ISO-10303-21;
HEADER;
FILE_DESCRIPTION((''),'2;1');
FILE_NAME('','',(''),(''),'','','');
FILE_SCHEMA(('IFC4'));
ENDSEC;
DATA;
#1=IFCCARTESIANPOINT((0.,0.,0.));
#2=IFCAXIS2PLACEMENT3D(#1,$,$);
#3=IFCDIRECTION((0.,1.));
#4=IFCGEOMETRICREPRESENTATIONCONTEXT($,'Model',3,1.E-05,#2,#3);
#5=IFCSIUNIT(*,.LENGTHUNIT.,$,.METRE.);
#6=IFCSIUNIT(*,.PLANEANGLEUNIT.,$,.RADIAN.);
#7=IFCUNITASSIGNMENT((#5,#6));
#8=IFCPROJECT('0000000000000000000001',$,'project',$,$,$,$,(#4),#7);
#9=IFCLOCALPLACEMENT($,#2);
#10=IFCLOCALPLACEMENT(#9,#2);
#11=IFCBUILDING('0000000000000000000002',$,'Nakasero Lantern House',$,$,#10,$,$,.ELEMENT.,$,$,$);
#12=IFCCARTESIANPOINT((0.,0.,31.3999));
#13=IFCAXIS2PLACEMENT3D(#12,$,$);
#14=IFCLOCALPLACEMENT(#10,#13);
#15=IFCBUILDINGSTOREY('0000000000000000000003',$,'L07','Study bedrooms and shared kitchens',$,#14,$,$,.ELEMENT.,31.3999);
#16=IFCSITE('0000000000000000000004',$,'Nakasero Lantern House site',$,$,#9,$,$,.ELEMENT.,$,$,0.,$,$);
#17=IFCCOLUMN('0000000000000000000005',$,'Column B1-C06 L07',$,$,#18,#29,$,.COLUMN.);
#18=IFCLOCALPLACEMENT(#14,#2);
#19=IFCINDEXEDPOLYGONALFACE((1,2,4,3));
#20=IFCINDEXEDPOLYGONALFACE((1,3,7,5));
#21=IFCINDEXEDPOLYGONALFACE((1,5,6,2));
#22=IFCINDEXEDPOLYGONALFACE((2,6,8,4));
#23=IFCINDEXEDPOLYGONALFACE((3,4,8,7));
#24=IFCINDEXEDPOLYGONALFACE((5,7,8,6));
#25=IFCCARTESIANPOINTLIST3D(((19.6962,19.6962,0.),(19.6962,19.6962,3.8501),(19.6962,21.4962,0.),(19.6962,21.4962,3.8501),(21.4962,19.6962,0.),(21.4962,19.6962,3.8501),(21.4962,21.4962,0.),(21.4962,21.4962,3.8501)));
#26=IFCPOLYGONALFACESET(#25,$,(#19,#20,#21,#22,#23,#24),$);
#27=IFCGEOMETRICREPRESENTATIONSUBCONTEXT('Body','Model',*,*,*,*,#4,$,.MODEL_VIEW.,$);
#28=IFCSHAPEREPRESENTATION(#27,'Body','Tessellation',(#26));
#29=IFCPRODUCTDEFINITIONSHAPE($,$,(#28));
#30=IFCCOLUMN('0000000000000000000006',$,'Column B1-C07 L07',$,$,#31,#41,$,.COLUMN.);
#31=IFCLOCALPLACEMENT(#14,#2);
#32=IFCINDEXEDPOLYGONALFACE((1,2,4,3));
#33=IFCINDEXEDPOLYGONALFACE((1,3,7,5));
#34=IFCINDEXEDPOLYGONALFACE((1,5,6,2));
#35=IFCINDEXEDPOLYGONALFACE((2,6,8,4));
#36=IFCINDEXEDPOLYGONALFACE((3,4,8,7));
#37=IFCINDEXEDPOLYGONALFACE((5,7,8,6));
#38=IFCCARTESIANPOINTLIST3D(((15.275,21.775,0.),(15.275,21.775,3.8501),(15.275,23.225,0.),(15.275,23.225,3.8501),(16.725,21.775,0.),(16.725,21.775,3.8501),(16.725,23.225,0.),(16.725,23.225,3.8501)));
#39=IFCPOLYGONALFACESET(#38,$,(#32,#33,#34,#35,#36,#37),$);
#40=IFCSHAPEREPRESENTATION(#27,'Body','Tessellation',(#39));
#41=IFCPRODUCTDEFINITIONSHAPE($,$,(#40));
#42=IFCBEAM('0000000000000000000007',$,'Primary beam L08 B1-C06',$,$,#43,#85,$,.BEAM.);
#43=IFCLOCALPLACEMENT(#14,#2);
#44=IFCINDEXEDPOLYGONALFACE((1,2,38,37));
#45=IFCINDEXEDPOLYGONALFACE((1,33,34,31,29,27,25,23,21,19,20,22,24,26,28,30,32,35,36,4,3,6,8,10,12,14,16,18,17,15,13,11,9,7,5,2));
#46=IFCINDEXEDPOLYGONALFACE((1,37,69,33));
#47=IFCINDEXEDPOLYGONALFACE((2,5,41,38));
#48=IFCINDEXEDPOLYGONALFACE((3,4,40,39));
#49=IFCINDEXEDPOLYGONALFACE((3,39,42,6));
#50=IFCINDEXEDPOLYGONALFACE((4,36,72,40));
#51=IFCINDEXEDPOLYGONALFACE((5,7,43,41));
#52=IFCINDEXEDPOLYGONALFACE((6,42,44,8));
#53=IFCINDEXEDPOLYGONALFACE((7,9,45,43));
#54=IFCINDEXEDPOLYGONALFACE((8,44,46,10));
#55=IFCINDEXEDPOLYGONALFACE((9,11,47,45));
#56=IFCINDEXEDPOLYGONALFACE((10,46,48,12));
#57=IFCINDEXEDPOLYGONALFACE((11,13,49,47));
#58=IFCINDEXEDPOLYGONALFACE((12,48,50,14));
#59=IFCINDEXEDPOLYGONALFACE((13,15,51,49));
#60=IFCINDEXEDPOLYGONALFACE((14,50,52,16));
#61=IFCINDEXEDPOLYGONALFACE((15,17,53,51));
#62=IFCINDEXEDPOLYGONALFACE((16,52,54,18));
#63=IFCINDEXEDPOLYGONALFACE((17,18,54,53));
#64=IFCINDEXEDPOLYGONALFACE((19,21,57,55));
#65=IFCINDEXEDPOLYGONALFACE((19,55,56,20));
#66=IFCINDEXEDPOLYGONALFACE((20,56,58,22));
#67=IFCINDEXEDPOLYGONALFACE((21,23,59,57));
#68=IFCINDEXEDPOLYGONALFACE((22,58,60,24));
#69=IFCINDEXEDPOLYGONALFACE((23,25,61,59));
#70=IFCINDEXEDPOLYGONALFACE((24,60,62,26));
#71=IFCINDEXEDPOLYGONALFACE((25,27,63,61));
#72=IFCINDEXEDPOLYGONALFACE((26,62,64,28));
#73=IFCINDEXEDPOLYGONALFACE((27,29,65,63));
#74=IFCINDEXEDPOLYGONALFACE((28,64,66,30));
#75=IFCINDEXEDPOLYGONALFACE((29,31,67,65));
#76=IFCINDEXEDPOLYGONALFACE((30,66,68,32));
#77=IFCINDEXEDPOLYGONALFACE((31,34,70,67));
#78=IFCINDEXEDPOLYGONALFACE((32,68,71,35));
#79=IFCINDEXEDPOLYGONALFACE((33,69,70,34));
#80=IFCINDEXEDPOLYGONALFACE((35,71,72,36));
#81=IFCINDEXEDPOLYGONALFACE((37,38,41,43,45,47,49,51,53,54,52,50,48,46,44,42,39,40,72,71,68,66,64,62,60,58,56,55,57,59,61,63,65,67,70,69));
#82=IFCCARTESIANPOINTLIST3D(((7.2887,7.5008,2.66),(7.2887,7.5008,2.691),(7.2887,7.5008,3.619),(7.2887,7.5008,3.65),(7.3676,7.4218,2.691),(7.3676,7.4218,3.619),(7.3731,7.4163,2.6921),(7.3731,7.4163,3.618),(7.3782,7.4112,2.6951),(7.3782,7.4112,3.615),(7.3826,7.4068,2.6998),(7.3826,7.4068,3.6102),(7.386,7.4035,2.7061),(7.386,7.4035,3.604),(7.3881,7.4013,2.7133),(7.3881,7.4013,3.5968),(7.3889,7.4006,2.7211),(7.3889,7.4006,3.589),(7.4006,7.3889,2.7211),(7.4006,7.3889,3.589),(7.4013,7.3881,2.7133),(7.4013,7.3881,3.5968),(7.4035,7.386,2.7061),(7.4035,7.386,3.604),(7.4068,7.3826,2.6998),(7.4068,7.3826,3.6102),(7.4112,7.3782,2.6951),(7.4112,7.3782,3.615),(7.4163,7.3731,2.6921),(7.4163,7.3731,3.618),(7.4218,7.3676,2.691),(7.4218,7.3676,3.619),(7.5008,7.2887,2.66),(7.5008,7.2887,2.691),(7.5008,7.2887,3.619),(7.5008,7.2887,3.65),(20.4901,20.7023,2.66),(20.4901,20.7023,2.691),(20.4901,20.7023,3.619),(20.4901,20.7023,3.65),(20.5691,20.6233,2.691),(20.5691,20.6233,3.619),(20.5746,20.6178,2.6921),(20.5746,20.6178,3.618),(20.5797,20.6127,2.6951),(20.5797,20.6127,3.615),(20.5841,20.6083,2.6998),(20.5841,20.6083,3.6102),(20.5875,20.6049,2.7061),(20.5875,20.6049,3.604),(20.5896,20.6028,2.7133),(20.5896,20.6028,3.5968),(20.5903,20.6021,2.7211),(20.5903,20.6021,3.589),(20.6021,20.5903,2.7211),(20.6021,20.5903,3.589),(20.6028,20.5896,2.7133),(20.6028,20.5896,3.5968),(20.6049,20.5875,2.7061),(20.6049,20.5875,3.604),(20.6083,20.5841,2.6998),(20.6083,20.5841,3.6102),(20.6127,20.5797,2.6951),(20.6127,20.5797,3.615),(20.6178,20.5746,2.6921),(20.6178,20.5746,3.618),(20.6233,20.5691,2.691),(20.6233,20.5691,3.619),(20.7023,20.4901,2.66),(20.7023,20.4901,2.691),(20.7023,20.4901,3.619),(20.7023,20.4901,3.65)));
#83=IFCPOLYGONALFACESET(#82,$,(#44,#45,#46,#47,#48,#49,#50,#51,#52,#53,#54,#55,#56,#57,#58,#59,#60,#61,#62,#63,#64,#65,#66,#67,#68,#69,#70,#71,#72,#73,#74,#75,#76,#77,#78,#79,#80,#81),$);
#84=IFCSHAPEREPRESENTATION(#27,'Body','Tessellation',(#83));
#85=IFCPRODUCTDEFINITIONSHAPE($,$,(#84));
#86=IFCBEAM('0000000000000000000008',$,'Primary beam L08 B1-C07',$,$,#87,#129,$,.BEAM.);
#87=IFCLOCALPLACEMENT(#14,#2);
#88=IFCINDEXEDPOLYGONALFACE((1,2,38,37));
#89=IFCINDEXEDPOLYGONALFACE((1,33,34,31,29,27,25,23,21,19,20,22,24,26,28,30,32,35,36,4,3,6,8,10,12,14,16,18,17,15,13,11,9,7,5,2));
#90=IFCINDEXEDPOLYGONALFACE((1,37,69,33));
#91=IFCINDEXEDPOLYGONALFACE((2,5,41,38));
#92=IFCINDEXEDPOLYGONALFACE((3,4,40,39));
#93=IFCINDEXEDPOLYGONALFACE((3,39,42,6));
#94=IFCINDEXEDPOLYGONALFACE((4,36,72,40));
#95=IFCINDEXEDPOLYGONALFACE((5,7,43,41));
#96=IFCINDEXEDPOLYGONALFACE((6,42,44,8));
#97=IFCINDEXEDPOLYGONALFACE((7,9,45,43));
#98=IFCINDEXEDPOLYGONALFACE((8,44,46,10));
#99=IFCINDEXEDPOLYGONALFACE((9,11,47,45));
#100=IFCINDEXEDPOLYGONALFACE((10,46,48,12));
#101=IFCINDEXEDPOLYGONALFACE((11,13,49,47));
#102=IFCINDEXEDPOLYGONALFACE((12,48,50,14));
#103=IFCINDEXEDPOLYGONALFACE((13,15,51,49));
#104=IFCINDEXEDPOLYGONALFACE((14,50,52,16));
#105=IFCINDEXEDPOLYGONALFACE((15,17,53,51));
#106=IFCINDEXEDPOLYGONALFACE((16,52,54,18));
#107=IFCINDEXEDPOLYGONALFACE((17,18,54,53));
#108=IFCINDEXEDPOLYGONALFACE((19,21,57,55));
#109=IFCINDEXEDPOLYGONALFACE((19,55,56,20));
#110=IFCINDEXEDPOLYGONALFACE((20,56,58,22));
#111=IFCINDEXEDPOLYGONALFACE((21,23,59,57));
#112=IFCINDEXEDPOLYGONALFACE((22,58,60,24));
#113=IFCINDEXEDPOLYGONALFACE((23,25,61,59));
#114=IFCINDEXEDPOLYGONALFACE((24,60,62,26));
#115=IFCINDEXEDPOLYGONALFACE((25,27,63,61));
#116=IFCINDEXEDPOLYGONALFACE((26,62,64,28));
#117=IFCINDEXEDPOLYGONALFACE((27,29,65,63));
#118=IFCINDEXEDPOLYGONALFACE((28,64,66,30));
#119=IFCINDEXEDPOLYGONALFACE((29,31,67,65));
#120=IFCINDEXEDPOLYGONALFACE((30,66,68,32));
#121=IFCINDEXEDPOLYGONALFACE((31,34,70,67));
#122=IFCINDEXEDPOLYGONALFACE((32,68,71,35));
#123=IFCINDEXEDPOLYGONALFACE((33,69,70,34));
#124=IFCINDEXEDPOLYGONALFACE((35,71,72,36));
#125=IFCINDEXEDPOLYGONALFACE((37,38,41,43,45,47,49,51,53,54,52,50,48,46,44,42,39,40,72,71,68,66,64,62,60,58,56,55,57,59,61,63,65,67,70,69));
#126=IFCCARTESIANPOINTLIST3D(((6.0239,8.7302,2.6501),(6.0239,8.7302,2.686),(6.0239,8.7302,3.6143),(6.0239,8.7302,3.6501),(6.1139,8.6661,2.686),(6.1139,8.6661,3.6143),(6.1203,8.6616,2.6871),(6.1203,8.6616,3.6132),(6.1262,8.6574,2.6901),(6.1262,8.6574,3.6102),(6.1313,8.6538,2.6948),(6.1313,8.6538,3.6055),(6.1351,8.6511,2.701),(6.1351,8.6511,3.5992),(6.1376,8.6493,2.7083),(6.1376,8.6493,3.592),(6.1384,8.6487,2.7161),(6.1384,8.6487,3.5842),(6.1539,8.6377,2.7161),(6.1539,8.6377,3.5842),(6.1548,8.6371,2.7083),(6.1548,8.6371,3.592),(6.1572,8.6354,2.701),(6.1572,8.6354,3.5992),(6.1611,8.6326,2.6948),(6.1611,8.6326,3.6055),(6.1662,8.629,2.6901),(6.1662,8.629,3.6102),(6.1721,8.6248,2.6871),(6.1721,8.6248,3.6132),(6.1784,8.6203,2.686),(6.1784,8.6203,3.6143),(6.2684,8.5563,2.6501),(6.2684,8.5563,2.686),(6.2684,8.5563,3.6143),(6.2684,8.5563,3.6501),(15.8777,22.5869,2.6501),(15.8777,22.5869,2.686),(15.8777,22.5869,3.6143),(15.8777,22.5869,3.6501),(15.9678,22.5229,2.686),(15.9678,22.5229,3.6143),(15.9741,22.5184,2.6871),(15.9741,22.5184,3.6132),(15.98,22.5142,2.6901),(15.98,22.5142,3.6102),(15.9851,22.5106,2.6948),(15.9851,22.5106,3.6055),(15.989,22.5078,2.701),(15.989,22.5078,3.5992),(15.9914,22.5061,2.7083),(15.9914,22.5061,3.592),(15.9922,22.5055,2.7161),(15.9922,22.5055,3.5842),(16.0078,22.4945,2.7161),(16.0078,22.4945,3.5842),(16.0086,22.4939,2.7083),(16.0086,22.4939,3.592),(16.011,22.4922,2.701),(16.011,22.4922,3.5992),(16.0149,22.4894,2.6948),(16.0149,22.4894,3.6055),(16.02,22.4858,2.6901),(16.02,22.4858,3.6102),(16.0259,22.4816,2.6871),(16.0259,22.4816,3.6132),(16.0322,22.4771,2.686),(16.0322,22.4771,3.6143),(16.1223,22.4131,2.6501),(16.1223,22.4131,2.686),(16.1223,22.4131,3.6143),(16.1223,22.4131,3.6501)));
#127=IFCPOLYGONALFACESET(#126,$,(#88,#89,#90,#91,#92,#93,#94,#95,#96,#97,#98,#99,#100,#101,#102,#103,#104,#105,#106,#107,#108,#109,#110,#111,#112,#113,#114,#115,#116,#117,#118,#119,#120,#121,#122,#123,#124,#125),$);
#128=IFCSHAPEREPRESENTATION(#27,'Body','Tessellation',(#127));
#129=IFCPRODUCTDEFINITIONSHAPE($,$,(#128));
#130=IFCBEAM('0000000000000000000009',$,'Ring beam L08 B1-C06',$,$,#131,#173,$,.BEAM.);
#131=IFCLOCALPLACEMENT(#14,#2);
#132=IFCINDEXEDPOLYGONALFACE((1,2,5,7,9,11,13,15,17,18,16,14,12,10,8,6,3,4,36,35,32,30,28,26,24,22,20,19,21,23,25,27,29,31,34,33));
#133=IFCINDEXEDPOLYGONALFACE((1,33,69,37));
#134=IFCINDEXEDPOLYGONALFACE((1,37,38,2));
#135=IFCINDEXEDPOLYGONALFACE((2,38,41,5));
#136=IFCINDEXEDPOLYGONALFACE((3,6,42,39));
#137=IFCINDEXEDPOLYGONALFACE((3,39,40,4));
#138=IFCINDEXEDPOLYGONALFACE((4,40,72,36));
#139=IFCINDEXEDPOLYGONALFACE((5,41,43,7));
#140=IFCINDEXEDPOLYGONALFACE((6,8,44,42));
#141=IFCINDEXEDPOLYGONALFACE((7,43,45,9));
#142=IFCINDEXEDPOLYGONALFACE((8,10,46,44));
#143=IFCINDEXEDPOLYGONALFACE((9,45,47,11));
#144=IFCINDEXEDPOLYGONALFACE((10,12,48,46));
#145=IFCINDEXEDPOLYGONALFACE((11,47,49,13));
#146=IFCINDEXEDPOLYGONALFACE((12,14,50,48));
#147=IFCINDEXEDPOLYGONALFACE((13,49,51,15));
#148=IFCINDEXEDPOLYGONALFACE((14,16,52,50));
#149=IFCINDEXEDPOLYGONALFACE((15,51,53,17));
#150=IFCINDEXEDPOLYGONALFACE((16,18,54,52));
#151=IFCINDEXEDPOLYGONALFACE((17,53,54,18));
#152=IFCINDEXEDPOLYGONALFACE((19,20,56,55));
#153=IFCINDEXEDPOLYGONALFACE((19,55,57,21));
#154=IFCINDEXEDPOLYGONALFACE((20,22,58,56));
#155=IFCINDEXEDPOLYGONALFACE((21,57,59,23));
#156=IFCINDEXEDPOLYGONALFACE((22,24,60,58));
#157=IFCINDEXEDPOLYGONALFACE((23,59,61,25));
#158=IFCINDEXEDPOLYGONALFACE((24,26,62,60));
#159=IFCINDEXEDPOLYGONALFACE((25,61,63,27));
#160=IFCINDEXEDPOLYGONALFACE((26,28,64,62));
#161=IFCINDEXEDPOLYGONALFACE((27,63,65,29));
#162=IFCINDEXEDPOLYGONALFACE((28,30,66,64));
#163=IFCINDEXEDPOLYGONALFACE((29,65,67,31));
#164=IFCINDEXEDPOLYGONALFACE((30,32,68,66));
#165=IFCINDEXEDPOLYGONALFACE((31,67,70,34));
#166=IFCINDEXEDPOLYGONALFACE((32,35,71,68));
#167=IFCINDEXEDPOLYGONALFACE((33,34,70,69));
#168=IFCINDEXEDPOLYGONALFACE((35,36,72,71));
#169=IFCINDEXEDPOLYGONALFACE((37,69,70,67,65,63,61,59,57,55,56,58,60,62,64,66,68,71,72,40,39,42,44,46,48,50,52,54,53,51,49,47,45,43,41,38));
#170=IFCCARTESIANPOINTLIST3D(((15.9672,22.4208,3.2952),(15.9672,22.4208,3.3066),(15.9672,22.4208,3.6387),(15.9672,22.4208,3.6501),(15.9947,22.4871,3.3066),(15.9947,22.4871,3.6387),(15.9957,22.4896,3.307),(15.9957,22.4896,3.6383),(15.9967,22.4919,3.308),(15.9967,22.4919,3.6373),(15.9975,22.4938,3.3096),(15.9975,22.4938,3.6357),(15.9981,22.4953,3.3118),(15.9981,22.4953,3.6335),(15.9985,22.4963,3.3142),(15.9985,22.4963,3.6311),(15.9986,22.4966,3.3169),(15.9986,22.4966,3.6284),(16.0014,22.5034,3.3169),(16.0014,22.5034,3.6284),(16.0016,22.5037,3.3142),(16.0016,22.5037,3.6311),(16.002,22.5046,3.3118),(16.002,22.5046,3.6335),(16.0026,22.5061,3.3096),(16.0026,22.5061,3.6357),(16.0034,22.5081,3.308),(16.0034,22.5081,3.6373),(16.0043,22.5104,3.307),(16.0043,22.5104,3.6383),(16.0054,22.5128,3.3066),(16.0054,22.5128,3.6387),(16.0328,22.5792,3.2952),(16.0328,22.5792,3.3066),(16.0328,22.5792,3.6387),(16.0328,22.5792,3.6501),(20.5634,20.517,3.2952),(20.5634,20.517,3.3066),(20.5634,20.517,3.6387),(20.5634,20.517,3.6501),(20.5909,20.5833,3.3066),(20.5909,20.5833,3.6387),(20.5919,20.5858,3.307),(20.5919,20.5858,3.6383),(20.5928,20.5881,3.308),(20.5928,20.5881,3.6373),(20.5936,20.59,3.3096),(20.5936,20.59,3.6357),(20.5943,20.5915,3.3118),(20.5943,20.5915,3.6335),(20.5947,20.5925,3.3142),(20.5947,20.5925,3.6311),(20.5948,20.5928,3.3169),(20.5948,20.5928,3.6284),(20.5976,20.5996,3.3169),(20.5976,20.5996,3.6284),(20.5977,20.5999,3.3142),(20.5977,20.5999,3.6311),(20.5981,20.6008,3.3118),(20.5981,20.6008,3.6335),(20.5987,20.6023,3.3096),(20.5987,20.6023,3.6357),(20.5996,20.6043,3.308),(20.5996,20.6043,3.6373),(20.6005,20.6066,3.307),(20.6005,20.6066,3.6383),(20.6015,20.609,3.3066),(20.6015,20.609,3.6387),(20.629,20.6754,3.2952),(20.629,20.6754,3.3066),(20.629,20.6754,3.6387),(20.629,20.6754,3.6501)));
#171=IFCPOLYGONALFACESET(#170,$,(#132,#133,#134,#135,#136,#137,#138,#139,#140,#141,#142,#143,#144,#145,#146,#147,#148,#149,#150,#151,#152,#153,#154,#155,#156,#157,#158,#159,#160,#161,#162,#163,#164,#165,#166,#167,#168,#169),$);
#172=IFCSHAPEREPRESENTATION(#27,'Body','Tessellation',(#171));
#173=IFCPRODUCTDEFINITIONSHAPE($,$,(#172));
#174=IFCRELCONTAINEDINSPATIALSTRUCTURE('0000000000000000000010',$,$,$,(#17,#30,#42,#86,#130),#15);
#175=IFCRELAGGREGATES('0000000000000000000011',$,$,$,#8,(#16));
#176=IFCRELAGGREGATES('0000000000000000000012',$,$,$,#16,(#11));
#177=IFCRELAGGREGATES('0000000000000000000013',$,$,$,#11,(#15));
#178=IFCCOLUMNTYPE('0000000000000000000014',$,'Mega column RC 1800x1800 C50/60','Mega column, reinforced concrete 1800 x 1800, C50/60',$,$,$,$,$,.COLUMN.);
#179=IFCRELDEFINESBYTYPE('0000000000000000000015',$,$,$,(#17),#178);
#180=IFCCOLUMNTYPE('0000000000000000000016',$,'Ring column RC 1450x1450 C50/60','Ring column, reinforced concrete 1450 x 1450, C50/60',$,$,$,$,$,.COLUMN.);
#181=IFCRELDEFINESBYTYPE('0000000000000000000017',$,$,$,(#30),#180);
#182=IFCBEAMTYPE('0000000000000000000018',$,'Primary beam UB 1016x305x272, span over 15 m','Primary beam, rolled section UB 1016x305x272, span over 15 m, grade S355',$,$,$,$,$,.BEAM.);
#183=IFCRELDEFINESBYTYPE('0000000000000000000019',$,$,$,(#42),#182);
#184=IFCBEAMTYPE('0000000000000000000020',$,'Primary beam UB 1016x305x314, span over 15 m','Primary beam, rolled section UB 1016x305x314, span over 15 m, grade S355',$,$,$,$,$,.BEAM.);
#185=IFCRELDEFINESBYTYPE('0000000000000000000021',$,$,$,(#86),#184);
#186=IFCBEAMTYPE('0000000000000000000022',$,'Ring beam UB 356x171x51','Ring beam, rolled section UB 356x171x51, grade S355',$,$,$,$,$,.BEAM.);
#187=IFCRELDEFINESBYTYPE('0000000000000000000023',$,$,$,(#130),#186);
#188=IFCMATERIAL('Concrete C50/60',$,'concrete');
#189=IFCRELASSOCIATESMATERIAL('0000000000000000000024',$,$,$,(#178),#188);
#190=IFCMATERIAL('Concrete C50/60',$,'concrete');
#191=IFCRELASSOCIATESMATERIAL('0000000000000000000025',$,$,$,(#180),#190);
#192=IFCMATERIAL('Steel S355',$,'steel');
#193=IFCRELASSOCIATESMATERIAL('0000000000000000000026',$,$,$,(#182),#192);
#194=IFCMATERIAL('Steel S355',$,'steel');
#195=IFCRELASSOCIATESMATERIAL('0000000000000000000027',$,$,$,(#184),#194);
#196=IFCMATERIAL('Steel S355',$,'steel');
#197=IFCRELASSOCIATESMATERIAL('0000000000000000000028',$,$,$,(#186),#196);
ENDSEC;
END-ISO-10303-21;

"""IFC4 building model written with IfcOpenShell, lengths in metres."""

from ifc_helpers import new_model, si_unit, direction, frame, origin, origin_2d, place, context, subcontext, project, spatial, rectangle, i_section, extrude, material, material_profile, profile_set, type_object, element, save


model = new_model("IFC4")

# Units and contexts
model_context = context("Model", 3, precision=1e-05, world=origin(), true_north=direction((0.0, 1.0)))
body_context = subcontext(model_context, "Body", "Model", "MODEL_VIEW")
ifc_project = project(units=[si_unit("LENGTHUNIT", "METRE"), si_unit("PLANEANGLEUNIT", "RADIAN")], contexts=[model_context])

# Site, building, storey
site_placement = place(None, origin())
site = spatial("IfcSite", under=ifc_project, at=site_placement, Name="Nakasero Lantern House site", CompositionType="ELEMENT", RefElevation=0.0)
building_placement = place(site_placement, origin())
building = spatial("IfcBuilding", under=site, at=building_placement, Name="Nakasero Lantern House", CompositionType="ELEMENT")
storey_placement = place(building_placement, frame((0.0, 0.0, 31.3999)))
storey = spatial("IfcBuildingStorey", under=building, at=storey_placement, Name="L07", Description="Study bedrooms and shared kitchens", CompositionType="ELEMENT", Elevation=31.3999)

# Columns
ifc_material_1 = material(Name="Concrete C50/60", Category="concrete")
ifc_material_profile_1 = material_profile(ifc_material_1, rectangle(XDim=1.8, YDim=1.8, at=origin_2d()), Name="RC 1800x1800")
ifc_profile_set_1 = profile_set([ifc_material_profile_1], Name="Concrete C50/60")
column_type_1 = type_object("IfcColumnType", Name="Mega column RC 1800x1800 C50/60", Description="Mega column, reinforced concrete 1800 x 1800, C50/60", PredefinedType="COLUMN", material=ifc_profile_set_1)
column_1_placement = place(storey_placement, frame((20.5962, 20.5962, 0.0), z_axis=(0.0, 0.0, 1.0), x_axis=(1.0, 0.0, 0.0)))
element("IfcColumn", 1, at=column_1_placement, inside=storey, type_object=column_type_1, Name="Column B1-C06 L07", PredefinedType="COLUMN", context=body_context, shape_type="SweptSolid", body=[
    extrude(rectangle(XDim=1.8, YDim=1.8, at=origin_2d()), origin(), (0.0, 0.0, 1.0), 3.8501),
])
ifc_material_2 = material(Name="Concrete C50/60", Category="concrete")
ifc_material_profile_2 = material_profile(ifc_material_2, rectangle(XDim=1.45, YDim=1.45, at=origin_2d()), Name="RC 1450x1450")
ifc_profile_set_2 = profile_set([ifc_material_profile_2], Name="Concrete C50/60")
column_type_2 = type_object("IfcColumnType", Name="Ring column RC 1450x1450 C50/60", Description="Ring column, reinforced concrete 1450 x 1450, C50/60", PredefinedType="COLUMN", material=ifc_profile_set_2)
column_2_placement = place(storey_placement, frame((16.0, 22.5, 0.0), z_axis=(0.0, 0.0, 1.0), x_axis=(1.0, 0.0, 0.0)))
element("IfcColumn", 2, at=column_2_placement, inside=storey, type_object=column_type_2, Name="Column B1-C07 L07", PredefinedType="COLUMN", context=body_context, shape_type="SweptSolid", body=[
    extrude(rectangle(XDim=1.45, YDim=1.45, at=origin_2d()), origin(), (0.0, 0.0, 1.0), 3.8501),
])

# Beams
ifc_material_3 = material(Name="Steel S355", Category="steel")
ifc_material_profile_3 = material_profile(ifc_material_3, i_section(OverallWidth=0.3, OverallDepth=0.99, WebThickness=0.0166, FlangeThickness=0.031, FilletRadius=0.03, at=origin_2d()), Name="UB 1016x305x272")
ifc_profile_set_3 = profile_set([ifc_material_profile_3], Name="Steel S355")
beam_type_1 = type_object("IfcBeamType", Name="Primary beam UB 1016x305x272, span over 15 m", Description="Primary beam, rolled section UB 1016x305x272, span over 15 m, grade S355", PredefinedType="BEAM", material=ifc_profile_set_3)
beam_1_placement = place(storey_placement, frame((20.5962, 20.5962, 3.155), z_axis=(-0.707107, -0.707107, 0.0), x_axis=(0.707107, -0.707107, 0.0)))
element("IfcBeam", 3, at=beam_1_placement, inside=storey, type_object=beam_type_1, Name="Primary beam L08 B1-C06", PredefinedType="BEAM", context=body_context, shape_type="SweptSolid", body=[
    extrude(i_section(OverallWidth=0.3, OverallDepth=0.99, WebThickness=0.0166, FlangeThickness=0.031, FilletRadius=0.03, at=origin_2d()), origin(), (0.0, 0.0, 1.0), 18.6697),
])
ifc_material_4 = material(Name="Steel S355", Category="steel")
ifc_material_profile_4 = material_profile(ifc_material_4, i_section(OverallWidth=0.3, OverallDepth=1.0, WebThickness=0.019, FlangeThickness=0.0359, FilletRadius=0.03, at=origin_2d()), Name="UB 1016x305x314")
ifc_profile_set_4 = profile_set([ifc_material_profile_4], Name="Steel S355")
beam_type_2 = type_object("IfcBeamType", Name="Primary beam UB 1016x305x314, span over 15 m", Description="Primary beam, rolled section UB 1016x305x314, span over 15 m, grade S355", PredefinedType="BEAM", material=ifc_profile_set_4)
beam_2_placement = place(storey_placement, frame((16.0, 22.5, 3.1501), z_axis=(-0.579528, -0.814952, 0.0), x_axis=(0.814952, -0.579528, 0.0)))
element("IfcBeam", 4, at=beam_2_placement, inside=storey, type_object=beam_type_2, Name="Primary beam L08 B1-C07", PredefinedType="BEAM", context=body_context, shape_type="SweptSolid", body=[
    extrude(i_section(OverallWidth=0.3, OverallDepth=1.0, WebThickness=0.019, FlangeThickness=0.0359, FilletRadius=0.03, at=origin_2d()), origin(), (0.0, 0.0, 1.0), 17.0032),
])
ifc_material_5 = material(Name="Steel S355", Category="steel")
ifc_material_profile_5 = material_profile(ifc_material_5, i_section(OverallWidth=0.1714, OverallDepth=0.355, WebThickness=0.0073, FlangeThickness=0.0115, FilletRadius=0.0103, at=origin_2d()), Name="UB 356x171x51")
ifc_profile_set_5 = profile_set([ifc_material_profile_5], Name="Steel S355")
beam_type_3 = type_object("IfcBeamType", Name="Ring beam UB 356x171x51", Description="Ring beam, rolled section UB 356x171x51, grade S355", PredefinedType="BEAM", material=ifc_profile_set_5)
beam_3_placement = place(storey_placement, frame((20.5962, 20.5962, 3.4727), z_axis=(-0.923879, 0.382684, 0.0), x_axis=(-0.382684, -0.923879, 0.0)))
element("IfcBeam", 5, at=beam_3_placement, inside=storey, type_object=beam_type_3, Name="Ring beam L08 B1-C06", PredefinedType="BEAM", context=body_context, shape_type="SweptSolid", body=[
    extrude(i_section(OverallWidth=0.1714, OverallDepth=0.355, WebThickness=0.0073, FlangeThickness=0.0115, FilletRadius=0.0103, at=origin_2d()), origin(), (0.0, 0.0, 1.0), 4.9749),
])

save(model, "model.ifc")
